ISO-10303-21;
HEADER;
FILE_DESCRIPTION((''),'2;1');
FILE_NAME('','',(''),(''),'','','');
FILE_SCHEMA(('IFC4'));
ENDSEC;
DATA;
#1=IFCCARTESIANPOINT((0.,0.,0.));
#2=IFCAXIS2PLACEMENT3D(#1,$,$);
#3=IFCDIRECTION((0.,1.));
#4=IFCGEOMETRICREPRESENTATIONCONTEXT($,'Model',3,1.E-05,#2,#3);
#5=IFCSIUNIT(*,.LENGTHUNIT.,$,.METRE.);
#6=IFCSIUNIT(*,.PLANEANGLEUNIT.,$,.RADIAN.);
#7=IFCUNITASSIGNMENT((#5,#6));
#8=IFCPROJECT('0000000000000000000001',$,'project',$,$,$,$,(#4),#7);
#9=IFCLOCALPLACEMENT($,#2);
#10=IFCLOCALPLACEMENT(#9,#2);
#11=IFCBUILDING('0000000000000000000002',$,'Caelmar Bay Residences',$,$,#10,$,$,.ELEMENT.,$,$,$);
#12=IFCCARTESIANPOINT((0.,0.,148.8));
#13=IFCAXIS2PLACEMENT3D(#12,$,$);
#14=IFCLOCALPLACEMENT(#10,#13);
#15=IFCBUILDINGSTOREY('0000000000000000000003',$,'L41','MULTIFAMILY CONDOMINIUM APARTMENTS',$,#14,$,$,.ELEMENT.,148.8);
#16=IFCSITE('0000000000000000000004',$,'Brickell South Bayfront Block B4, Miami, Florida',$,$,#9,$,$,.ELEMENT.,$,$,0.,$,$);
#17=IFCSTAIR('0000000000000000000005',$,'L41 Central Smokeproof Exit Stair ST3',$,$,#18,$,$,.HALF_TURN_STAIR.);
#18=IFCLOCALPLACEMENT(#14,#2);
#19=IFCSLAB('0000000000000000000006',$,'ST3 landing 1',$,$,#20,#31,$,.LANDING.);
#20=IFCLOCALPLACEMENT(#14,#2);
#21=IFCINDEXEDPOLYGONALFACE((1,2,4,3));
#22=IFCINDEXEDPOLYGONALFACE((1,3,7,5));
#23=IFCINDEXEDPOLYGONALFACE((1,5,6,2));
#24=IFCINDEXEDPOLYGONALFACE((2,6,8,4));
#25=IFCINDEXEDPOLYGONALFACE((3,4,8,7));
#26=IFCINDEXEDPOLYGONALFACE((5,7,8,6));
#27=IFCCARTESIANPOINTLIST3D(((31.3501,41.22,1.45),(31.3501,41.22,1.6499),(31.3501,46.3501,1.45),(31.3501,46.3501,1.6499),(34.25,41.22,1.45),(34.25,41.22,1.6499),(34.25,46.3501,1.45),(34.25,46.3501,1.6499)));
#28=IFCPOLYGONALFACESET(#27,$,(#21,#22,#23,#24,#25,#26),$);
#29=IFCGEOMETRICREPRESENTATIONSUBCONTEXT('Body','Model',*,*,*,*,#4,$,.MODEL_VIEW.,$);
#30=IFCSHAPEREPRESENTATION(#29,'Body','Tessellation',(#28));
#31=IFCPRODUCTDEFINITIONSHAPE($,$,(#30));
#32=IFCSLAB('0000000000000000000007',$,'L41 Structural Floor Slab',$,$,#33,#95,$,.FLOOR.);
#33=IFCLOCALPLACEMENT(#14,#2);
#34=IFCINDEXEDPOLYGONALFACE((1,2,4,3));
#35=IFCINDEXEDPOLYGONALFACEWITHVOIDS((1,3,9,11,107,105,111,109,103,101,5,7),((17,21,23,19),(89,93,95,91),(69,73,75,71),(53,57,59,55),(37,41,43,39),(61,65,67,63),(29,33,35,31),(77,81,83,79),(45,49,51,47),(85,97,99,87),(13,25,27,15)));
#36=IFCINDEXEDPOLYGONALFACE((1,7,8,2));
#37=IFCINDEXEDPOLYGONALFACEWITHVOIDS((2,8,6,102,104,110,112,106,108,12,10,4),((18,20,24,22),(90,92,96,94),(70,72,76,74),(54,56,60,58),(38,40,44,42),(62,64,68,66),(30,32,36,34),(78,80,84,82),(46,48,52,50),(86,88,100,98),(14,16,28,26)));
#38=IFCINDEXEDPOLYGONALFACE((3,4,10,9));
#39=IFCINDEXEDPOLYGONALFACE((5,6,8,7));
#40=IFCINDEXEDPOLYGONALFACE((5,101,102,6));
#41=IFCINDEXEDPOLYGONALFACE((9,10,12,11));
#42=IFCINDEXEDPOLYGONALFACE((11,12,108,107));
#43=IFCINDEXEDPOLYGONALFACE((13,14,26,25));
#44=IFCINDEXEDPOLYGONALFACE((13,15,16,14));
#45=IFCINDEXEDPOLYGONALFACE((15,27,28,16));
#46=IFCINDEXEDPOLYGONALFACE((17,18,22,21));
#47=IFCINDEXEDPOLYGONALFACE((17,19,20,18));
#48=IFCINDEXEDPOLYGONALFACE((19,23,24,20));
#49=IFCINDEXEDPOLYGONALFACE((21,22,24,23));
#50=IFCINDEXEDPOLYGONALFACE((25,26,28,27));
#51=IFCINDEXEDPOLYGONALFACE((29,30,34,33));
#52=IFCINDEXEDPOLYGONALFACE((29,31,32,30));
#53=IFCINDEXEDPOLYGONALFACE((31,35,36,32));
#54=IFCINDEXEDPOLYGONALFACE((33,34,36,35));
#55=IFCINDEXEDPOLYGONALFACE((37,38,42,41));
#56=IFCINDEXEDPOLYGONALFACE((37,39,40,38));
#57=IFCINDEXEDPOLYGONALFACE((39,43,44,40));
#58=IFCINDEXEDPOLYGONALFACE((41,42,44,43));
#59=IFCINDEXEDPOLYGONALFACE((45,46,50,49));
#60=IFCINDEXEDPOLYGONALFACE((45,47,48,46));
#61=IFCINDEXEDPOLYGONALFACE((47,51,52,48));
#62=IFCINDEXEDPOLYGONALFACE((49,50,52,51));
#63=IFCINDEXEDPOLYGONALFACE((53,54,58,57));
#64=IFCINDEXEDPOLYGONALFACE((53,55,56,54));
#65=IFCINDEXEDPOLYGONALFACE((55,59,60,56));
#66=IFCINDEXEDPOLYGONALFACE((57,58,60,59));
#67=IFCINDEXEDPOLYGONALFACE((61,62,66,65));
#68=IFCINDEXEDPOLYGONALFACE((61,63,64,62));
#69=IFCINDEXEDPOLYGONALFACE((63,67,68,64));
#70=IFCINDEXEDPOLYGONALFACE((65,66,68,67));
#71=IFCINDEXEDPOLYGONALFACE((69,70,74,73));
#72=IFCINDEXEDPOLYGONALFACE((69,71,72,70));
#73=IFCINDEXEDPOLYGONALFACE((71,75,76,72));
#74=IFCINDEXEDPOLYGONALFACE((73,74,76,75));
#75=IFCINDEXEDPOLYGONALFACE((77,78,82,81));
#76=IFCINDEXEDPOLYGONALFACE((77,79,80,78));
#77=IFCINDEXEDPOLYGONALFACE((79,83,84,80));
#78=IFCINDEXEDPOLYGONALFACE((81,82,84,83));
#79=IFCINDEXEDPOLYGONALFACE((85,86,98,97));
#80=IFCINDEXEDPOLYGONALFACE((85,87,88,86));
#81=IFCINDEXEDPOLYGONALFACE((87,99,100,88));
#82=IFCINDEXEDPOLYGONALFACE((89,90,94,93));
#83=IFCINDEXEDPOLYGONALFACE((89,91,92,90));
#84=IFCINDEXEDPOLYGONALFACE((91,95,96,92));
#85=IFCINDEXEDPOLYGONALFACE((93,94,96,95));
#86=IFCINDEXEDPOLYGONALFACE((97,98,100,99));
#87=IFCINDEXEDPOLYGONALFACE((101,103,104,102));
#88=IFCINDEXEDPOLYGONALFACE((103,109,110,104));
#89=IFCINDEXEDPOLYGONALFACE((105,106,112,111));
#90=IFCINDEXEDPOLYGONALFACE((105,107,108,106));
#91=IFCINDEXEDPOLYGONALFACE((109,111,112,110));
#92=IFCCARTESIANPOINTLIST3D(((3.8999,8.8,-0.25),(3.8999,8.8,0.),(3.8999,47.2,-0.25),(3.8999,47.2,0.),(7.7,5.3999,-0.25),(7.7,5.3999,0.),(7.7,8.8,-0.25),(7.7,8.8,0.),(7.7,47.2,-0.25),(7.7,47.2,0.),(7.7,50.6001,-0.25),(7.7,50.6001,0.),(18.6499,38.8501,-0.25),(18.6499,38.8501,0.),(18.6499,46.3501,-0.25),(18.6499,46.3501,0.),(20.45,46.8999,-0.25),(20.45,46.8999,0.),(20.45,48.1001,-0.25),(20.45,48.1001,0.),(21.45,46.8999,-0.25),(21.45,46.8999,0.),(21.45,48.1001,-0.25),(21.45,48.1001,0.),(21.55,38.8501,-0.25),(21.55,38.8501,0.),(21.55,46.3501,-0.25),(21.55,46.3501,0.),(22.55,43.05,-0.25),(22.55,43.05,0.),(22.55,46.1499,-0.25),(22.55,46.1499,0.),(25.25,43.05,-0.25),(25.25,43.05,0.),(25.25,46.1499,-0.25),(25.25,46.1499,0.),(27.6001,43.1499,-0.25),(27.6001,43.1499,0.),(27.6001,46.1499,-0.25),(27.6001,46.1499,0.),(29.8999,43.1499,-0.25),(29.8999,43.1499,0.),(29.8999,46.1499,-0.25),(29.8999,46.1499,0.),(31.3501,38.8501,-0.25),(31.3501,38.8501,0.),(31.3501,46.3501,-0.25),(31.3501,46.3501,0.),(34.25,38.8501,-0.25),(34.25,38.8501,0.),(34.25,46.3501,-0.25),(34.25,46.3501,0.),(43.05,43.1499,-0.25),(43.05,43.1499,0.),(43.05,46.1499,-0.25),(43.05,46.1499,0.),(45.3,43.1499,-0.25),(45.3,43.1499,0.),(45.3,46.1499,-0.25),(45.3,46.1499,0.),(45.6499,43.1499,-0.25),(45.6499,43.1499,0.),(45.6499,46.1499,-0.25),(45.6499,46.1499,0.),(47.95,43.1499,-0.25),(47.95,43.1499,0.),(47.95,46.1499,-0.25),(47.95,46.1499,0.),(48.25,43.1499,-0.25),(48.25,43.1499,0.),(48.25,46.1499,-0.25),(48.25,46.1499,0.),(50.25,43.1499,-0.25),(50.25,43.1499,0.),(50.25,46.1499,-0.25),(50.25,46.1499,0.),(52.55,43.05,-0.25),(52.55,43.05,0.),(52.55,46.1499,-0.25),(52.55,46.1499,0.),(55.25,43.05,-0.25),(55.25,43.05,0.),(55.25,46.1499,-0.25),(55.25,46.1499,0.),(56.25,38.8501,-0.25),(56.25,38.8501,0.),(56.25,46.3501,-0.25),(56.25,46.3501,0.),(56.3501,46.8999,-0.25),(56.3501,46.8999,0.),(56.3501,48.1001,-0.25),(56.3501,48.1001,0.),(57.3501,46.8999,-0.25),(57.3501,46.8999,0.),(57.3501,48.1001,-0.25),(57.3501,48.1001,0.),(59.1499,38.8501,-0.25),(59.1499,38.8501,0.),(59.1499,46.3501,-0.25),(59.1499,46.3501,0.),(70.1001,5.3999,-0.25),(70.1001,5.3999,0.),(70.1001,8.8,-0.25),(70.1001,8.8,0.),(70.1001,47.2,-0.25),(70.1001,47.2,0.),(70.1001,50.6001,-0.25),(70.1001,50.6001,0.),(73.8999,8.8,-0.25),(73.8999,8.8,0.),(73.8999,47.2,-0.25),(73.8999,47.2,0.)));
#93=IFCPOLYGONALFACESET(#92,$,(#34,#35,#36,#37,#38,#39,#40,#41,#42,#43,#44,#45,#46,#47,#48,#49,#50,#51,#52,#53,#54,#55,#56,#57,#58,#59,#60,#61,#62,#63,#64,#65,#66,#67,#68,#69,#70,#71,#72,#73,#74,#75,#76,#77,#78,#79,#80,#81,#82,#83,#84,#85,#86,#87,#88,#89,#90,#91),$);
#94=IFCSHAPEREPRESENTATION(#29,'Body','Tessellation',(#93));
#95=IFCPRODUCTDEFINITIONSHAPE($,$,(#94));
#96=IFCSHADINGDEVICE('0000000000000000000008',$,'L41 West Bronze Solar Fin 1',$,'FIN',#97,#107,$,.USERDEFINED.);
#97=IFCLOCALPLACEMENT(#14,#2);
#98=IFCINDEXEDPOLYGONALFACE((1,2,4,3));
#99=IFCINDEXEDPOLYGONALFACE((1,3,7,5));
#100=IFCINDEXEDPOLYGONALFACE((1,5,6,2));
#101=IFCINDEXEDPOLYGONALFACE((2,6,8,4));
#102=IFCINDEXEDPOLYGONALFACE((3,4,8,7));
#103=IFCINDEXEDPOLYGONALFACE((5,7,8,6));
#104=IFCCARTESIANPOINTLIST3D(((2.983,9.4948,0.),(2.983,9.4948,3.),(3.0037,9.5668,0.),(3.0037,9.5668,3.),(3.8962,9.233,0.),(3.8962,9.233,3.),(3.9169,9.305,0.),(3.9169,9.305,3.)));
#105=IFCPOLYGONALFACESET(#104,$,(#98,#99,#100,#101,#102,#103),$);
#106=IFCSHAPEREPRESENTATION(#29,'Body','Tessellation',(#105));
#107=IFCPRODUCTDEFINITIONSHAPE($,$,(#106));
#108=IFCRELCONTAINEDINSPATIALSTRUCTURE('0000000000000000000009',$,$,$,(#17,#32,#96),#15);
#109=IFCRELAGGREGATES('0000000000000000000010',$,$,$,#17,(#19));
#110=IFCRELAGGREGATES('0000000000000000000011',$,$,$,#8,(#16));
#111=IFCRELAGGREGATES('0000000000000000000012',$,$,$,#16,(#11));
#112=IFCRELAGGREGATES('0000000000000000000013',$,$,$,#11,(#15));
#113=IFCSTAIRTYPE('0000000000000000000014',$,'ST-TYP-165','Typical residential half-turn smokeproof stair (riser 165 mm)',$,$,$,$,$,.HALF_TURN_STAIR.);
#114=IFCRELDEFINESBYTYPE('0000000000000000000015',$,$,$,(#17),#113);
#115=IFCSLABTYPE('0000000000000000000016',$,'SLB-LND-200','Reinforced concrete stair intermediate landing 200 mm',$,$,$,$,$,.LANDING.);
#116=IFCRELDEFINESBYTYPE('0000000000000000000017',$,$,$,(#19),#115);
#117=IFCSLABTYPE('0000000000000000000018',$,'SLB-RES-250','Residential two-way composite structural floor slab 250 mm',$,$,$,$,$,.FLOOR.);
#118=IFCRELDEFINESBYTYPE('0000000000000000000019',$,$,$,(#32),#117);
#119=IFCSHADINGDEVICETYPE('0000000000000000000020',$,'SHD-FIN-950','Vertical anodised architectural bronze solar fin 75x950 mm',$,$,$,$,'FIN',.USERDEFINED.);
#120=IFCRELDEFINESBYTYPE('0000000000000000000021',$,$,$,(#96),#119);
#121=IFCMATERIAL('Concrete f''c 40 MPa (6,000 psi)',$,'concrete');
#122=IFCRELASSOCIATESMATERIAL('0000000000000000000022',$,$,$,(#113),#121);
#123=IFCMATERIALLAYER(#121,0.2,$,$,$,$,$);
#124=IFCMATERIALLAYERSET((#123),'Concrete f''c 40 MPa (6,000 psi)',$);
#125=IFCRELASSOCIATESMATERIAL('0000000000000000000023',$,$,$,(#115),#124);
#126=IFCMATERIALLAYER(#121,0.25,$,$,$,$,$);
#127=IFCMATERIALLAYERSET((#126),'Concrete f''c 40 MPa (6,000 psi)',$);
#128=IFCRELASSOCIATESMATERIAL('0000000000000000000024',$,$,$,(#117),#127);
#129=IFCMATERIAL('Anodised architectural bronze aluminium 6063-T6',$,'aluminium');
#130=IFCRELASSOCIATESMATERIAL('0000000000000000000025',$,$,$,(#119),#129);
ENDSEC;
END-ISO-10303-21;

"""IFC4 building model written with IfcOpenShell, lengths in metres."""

from ifc_helpers import new_model, si_unit, direction, frame, origin, origin_2d, place, context, subcontext, project, spatial, polyline, rectangle, outline, extrude, material, layer, layer_set, material_profile, profile_set, type_object, element, aggregate, save


model = new_model("IFC4")

# Units and contexts
model_context = context("Model", 3, precision=1e-05, world=origin(), true_north=direction((0.0, 1.0)))
body_context = subcontext(model_context, "Body", "Model", "MODEL_VIEW")
ifc_project = project(units=[si_unit("LENGTHUNIT", "METRE"), si_unit("PLANEANGLEUNIT", "RADIAN")], contexts=[model_context])

# Site, building, storey
site_placement = place(None, origin())
site = spatial("IfcSite", under=ifc_project, at=site_placement, Name="Brickell South Bayfront Block B4, Miami, Florida", CompositionType="ELEMENT", RefElevation=0.0)
building_placement = place(site_placement, origin())
building = spatial("IfcBuilding", under=site, at=building_placement, Name="Caelmar Bay Residences", CompositionType="ELEMENT")
storey_placement = place(building_placement, frame((0.0, 0.0, 148.8)))
storey = spatial("IfcBuildingStorey", under=building, at=storey_placement, Name="L41", Description="MULTIFAMILY CONDOMINIUM APARTMENTS", CompositionType="ELEMENT", Elevation=148.8)

# Shared definitions
ifc_material_1 = material(Name="Concrete f'c 40 MPa (6,000 psi)", Category="concrete")

# Stair, slab
stair_type = type_object("IfcStairType", Name="ST-TYP-165", Description="Typical residential half-turn smokeproof stair (riser 165 mm)", PredefinedType="HALF_TURN_STAIR", material=ifc_material_1)
ifc_layer_1 = layer(ifc_material_1, 0.2)
ifc_layer_set_1 = layer_set([ifc_layer_1], Name="Concrete f'c 40 MPa (6,000 psi)")
slab_type_1 = type_object("IfcSlabType", Name="SLB-LND-200", Description="Reinforced concrete stair intermediate landing 200 mm", PredefinedType="LANDING", material=ifc_layer_set_1)
stair_1_placement = place(storey_placement, origin())
stair_1 = element("IfcStair", 1, at=stair_1_placement, inside=storey, type_object=stair_type, Name="L41 Central Smokeproof Exit Stair ST3", PredefinedType="HALF_TURN_STAIR")
slab_1_placement = place(storey_placement, frame((0.0, 0.0, 1.45)))
slab_1 = element("IfcSlab", 2, at=slab_1_placement, type_object=slab_type_1, Name="ST3 landing 1", PredefinedType="LANDING", context=body_context, shape_type="SweptSolid", body=[
    extrude(outline(polyline([(34.25, 41.22), (34.25, 46.3501), (31.3501, 46.3501), (31.3501, 41.22), (34.25, 41.22)])), origin(), (0.0, 0.0, 1.0), 0.2),
])
aggregate(stair_1, [slab_1])

# Slab
ifc_layer_2 = layer(ifc_material_1, 0.25)
ifc_layer_set_2 = layer_set([ifc_layer_2], Name="Concrete f'c 40 MPa (6,000 psi)")
slab_type_2 = type_object("IfcSlabType", Name="SLB-RES-250", Description="Residential two-way composite structural floor slab 250 mm", PredefinedType="FLOOR", material=ifc_layer_set_2)
slab_2_placement = place(storey_placement, frame((0.0, 0.0, -0.25)))
element("IfcSlab", 3, at=slab_2_placement, inside=storey, type_object=slab_type_2, Name="L41 Structural Floor Slab", PredefinedType="FLOOR", context=body_context, shape_type="SweptSolid", body=[
    extrude(outline(polyline([(7.7, 5.3999), (70.1001, 5.3999), (70.1001, 8.8), (73.8999, 8.8), (73.8999, 47.2), (70.1001, 47.2), (70.1001, 50.6001), (7.7, 50.6001), (7.7, 47.2), (3.8999, 47.2), (3.8999, 8.8), (7.7, 8.8), (7.7, 5.3999)]), holes=[polyline([(18.6499, 38.8501), (21.55, 38.8501), (21.55, 46.3501), (18.6499, 46.3501), (18.6499, 38.8501)]), polyline([(56.25, 38.8501), (59.1499, 38.8501), (59.1499, 46.3501), (56.25, 46.3501), (56.25, 38.8501)]), polyline([(31.3501, 38.8501), (34.25, 38.8501), (34.25, 46.3501), (31.3501, 46.3501), (31.3501, 38.8501)]), polyline([(22.55, 43.05), (25.25, 43.05), (25.25, 46.1499), (22.55, 46.1499), (22.55, 43.05)]), polyline([(52.55, 43.05), (55.25, 43.05), (55.25, 46.1499), (52.55, 46.1499), (52.55, 43.05)]), polyline([(43.05, 43.1499), (45.3, 43.1499), (45.3, 46.1499), (43.05, 46.1499), (43.05, 43.1499)]), polyline([(45.6499, 43.1499), (47.95, 43.1499), (47.95, 46.1499), (45.6499, 46.1499), (45.6499, 43.1499)]), polyline([(48.25, 43.1499), (50.25, 43.1499), (50.25, 46.1499), (48.25, 46.1499), (48.25, 43.1499)]), polyline([(27.6001, 43.1499), (29.8999, 43.1499), (29.8999, 46.1499), (27.6001, 46.1499), (27.6001, 43.1499)]), polyline([(20.45, 46.8999), (21.45, 46.8999), (21.45, 48.1001), (20.45, 48.1001), (20.45, 46.8999)]), polyline([(56.3501, 46.8999), (57.3501, 46.8999), (57.3501, 48.1001), (56.3501, 48.1001), (56.3501, 46.8999)])]), origin(), (0.0, 0.0, 1.0), 0.25),
])

# Shading device
ifc_material_2 = material(Name="Anodised architectural bronze aluminium 6063-T6", Category="aluminium")
ifc_material_profile_1 = material_profile(ifc_material_2, rectangle(XDim=0.075, YDim=0.95, at=origin_2d()), Name="BRONZE-FIN-75X950")
ifc_profile_set_1 = profile_set([ifc_material_profile_1], Name="Anodised architectural bronze aluminium 6063-T6")
shading_device_type = type_object("IfcShadingDeviceType", Name="SHD-FIN-950", Description="Vertical anodised architectural bronze solar fin 75x950 mm", ElementType="FIN", PredefinedType="USERDEFINED", material=ifc_profile_set_1)
shading_device_placement = place(storey_placement, frame((3.45, 9.3999, 0.0), z_axis=(0.0, 0.0, 1.0), x_axis=(0.275637, 0.961262, 0.0)))
element("IfcShadingDevice", 4, at=shading_device_placement, inside=storey, type_object=shading_device_type, Name="L41 West Bronze Solar Fin 1", ObjectType="FIN", PredefinedType="USERDEFINED", context=body_context, shape_type="SweptSolid", body=[
    extrude(rectangle(XDim=0.075, YDim=0.95, at=origin_2d()), origin(), (0.0, 0.0, 1.0), 3.0),
])

save(model, "model.ifc")
